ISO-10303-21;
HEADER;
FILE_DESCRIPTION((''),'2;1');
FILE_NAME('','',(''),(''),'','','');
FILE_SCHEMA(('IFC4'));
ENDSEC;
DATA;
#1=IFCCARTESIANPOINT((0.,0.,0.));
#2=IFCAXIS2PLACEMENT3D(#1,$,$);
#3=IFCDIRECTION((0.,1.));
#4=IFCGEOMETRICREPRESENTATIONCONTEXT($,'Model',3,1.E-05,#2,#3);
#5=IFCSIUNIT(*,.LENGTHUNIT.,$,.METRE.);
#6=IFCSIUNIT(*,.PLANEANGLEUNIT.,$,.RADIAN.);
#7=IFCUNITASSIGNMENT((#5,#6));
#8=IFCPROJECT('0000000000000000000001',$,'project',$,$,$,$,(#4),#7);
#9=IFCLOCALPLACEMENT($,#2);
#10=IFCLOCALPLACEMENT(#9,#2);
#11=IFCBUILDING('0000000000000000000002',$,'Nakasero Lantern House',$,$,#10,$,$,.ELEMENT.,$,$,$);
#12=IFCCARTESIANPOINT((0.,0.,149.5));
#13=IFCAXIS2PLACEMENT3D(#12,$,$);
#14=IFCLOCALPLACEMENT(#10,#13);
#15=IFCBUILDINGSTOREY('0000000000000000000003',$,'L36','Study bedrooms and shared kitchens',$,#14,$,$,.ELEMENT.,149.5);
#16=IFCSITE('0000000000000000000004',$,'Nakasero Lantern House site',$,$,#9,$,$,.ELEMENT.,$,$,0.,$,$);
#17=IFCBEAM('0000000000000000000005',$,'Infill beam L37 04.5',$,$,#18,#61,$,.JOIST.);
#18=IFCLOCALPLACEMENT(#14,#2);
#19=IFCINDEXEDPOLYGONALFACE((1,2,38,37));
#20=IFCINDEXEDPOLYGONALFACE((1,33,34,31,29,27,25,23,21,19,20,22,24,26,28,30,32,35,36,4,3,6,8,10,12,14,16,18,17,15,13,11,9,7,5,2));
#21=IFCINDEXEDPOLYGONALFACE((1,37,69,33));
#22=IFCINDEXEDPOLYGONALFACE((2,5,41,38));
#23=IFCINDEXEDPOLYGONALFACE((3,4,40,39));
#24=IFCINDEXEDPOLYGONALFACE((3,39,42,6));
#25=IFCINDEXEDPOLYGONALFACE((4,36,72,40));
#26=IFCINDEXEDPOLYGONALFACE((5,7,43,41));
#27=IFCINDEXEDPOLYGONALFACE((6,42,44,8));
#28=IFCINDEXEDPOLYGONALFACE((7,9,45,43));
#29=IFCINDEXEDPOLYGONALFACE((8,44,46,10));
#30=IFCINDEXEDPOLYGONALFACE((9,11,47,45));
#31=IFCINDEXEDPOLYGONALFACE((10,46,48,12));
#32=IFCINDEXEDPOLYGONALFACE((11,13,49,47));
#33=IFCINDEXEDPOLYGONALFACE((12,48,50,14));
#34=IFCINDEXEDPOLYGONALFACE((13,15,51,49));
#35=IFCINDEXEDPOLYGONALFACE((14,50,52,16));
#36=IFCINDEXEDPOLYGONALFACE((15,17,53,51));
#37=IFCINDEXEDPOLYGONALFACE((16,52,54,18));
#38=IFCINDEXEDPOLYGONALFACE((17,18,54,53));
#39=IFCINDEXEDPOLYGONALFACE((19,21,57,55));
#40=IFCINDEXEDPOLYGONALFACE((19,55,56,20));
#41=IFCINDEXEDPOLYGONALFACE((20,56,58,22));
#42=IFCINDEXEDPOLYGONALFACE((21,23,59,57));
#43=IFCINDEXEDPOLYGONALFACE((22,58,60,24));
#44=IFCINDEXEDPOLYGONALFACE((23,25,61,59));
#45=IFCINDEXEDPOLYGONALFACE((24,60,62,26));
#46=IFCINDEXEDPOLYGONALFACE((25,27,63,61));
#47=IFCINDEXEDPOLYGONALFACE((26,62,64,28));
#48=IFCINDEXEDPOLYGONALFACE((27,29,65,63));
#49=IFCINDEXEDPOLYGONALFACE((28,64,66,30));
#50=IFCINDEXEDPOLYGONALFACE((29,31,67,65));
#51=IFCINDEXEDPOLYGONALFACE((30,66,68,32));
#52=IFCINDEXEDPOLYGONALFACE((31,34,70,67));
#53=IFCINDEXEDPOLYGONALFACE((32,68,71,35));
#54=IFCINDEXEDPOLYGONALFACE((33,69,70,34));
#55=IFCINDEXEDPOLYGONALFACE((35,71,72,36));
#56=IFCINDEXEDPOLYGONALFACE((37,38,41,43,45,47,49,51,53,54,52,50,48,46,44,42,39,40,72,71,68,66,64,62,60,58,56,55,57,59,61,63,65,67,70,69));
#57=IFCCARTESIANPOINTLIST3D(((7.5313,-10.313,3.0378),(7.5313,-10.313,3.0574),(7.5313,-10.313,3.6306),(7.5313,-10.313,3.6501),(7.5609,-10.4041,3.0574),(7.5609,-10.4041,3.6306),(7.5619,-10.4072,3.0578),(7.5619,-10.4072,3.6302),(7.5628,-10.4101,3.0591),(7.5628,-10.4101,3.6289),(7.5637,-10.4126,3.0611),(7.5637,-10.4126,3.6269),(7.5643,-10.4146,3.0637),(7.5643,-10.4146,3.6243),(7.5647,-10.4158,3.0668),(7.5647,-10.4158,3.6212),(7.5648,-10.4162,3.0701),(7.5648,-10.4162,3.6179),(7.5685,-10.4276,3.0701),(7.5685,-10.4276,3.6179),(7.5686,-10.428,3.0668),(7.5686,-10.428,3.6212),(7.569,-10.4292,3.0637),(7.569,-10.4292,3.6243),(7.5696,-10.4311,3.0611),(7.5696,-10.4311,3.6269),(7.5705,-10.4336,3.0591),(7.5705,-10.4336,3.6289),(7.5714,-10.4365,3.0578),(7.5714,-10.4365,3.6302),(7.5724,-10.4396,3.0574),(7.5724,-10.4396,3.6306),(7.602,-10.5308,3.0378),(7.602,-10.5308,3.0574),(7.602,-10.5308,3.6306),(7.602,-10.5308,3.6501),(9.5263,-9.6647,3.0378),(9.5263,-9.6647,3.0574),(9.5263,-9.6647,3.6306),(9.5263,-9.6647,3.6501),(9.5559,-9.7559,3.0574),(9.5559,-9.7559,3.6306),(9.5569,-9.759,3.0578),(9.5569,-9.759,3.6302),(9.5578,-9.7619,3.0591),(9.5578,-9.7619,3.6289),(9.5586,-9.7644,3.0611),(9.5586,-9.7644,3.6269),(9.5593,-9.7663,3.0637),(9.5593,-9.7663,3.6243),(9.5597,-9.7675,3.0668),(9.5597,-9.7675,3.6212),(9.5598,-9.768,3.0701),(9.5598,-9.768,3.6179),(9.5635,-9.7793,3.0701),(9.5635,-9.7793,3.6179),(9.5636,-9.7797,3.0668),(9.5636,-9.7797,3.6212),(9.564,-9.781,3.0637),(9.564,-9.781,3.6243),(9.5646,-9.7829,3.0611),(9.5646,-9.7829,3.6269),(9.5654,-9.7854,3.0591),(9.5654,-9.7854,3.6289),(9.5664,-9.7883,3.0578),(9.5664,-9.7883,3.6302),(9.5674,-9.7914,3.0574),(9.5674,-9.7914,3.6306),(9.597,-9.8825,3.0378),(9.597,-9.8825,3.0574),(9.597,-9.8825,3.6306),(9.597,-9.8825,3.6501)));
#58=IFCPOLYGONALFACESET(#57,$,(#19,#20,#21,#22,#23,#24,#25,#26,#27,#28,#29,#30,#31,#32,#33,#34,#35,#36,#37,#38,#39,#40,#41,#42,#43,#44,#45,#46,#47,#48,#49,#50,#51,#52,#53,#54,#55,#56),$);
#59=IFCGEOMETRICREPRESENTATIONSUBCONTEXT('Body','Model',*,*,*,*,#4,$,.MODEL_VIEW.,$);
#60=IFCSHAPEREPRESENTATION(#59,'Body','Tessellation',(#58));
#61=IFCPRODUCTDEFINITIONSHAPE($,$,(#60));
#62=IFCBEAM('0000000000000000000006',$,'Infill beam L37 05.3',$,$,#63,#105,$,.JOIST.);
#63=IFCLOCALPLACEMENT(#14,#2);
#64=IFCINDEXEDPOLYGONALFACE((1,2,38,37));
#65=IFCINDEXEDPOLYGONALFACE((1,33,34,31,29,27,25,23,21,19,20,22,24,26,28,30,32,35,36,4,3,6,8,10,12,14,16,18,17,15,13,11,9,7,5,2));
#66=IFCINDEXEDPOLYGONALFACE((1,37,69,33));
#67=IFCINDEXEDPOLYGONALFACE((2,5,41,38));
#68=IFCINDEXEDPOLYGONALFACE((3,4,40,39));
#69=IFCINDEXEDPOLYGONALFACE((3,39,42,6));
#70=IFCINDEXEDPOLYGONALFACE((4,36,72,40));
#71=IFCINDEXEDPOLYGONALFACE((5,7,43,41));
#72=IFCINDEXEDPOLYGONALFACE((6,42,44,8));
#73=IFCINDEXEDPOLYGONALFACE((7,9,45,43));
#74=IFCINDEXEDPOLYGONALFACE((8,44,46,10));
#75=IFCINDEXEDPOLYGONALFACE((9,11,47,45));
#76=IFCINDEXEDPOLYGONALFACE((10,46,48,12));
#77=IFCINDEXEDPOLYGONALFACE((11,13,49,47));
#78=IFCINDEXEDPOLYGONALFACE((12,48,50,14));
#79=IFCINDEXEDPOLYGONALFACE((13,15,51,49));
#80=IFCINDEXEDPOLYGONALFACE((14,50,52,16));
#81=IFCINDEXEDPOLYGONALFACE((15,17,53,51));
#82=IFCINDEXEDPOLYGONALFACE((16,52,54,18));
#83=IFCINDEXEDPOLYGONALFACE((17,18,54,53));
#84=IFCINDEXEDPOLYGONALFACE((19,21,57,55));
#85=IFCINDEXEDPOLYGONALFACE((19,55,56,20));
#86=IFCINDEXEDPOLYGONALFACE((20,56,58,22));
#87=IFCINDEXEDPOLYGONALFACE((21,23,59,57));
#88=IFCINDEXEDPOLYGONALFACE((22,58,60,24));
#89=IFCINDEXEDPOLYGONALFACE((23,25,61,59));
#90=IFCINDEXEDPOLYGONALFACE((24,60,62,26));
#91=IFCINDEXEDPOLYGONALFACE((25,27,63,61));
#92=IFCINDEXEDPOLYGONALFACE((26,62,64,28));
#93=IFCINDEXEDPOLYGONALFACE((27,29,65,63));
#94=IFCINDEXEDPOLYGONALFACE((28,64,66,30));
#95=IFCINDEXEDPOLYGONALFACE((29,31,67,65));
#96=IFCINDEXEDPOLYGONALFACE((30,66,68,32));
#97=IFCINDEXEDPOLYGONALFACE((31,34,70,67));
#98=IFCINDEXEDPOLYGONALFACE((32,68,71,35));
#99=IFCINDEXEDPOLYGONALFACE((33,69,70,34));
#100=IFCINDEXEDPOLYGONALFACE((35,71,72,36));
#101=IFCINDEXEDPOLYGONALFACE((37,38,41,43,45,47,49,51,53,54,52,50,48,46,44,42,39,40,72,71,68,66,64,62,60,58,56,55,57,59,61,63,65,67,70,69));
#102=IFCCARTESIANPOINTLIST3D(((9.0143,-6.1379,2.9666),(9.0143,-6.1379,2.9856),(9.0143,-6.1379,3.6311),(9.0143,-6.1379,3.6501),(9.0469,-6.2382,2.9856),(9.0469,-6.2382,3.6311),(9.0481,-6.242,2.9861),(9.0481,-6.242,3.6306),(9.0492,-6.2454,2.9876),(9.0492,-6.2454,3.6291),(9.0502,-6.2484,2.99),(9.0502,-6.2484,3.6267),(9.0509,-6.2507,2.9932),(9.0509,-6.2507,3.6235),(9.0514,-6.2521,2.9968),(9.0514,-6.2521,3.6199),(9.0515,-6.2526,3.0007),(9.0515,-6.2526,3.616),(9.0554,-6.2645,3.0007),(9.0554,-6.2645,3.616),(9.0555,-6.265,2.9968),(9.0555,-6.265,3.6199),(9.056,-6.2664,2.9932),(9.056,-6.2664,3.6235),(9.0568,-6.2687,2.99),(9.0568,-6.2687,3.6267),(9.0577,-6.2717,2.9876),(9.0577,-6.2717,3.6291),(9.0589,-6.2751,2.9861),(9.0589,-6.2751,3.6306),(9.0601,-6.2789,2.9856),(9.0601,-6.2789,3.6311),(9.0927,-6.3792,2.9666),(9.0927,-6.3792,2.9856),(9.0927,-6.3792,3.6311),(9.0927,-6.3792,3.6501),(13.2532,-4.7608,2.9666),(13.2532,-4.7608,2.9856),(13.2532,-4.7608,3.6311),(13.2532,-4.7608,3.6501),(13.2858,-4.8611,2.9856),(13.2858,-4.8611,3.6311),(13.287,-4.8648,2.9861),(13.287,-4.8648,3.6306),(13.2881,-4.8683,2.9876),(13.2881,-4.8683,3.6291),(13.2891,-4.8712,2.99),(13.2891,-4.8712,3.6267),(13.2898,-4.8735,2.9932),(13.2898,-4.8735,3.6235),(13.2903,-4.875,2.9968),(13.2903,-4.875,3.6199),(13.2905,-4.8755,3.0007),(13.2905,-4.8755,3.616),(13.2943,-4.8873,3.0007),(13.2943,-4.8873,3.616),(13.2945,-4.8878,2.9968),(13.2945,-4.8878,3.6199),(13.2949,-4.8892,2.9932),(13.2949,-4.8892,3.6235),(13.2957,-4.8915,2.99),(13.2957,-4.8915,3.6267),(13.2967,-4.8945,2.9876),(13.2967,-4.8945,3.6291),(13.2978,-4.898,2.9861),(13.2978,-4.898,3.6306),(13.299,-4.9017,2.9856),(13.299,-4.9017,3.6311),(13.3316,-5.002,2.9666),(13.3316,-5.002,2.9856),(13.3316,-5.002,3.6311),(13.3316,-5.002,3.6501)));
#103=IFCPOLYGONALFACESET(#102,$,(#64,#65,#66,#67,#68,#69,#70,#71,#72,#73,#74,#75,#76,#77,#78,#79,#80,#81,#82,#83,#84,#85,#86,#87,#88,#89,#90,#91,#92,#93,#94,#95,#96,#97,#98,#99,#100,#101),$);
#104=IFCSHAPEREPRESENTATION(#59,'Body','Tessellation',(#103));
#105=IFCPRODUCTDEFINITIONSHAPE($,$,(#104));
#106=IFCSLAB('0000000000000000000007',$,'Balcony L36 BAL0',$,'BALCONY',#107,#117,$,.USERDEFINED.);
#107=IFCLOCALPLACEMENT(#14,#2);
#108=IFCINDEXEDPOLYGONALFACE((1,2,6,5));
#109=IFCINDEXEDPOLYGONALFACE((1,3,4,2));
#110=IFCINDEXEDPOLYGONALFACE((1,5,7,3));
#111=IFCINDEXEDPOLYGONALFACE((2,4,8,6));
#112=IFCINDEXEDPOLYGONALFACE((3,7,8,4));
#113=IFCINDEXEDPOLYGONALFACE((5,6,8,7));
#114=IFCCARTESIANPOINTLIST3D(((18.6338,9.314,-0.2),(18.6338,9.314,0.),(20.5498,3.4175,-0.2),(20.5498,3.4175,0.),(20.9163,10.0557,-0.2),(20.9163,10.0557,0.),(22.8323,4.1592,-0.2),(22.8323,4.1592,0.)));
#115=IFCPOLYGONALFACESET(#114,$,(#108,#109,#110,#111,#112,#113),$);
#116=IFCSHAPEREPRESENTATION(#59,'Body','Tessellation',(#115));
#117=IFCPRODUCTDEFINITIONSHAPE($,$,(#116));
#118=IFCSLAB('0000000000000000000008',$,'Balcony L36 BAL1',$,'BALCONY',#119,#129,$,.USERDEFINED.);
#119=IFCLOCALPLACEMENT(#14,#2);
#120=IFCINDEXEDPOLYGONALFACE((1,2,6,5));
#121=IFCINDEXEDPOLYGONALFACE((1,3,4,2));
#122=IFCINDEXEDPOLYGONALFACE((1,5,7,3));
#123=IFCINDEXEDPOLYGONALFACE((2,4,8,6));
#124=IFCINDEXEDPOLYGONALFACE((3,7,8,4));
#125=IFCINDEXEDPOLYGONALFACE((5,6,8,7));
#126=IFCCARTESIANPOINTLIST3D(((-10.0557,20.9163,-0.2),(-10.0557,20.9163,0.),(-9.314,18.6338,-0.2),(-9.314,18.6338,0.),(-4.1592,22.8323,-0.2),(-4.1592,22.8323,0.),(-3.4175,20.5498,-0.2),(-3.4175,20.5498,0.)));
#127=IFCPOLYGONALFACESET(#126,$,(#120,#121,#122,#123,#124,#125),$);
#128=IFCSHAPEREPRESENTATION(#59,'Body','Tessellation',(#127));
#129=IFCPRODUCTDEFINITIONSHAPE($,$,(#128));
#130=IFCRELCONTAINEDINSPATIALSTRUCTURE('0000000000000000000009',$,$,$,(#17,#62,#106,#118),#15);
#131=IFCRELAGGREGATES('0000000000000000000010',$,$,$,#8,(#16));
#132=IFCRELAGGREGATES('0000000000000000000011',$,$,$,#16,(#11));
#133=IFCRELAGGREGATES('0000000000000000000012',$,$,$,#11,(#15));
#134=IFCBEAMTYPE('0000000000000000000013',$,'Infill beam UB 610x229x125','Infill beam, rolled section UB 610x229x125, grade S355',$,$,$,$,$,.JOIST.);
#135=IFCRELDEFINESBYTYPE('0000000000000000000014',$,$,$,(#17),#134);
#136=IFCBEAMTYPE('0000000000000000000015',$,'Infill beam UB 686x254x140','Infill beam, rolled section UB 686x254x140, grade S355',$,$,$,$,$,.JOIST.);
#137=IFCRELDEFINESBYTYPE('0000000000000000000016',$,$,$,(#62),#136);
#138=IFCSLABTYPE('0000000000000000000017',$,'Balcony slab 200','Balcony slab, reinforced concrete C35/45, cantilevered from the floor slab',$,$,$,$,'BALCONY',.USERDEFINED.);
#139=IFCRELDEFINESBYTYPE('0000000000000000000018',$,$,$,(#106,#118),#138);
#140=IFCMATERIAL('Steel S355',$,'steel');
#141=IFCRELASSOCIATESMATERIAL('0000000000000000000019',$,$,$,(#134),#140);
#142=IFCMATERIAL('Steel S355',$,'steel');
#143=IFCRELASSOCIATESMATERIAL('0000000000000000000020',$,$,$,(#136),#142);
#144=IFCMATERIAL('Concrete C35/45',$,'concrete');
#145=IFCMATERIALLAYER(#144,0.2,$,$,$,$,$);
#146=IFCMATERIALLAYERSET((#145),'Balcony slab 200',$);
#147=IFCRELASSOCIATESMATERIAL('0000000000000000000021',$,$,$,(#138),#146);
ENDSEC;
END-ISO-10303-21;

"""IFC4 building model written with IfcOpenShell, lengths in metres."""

from ifc_helpers import new_model, si_unit, direction, frame, origin, origin_2d, place, context, subcontext, project, spatial, polyline, i_section, outline, extrude, material, layer, layer_set, material_profile, profile_set, type_object, element, save


model = new_model("IFC4")

# Units and contexts
model_context = context("Model", 3, precision=1e-05, world=origin(), true_north=direction((0.0, 1.0)))
body_context = subcontext(model_context, "Body", "Model", "MODEL_VIEW")
ifc_project = project(units=[si_unit("LENGTHUNIT", "METRE"), si_unit("PLANEANGLEUNIT", "RADIAN")], contexts=[model_context])

# Site, building, storey
site_placement = place(None, origin())
site = spatial("IfcSite", under=ifc_project, at=site_placement, Name="Nakasero Lantern House site", CompositionType="ELEMENT", RefElevation=0.0)
building_placement = place(site_placement, origin())
building = spatial("IfcBuilding", under=site, at=building_placement, Name="Nakasero Lantern House", CompositionType="ELEMENT")
storey_placement = place(building_placement, frame((0.0, 0.0, 149.5)))
storey = spatial("IfcBuildingStorey", under=building, at=storey_placement, Name="L36", Description="Study bedrooms and shared kitchens", CompositionType="ELEMENT", Elevation=149.5)

# Beams
ifc_material_1 = material(Name="Steel S355", Category="steel")
ifc_material_profile_1 = material_profile(ifc_material_1, i_section(OverallWidth=0.229, OverallDepth=0.6123, WebThickness=0.012, FlangeThickness=0.0195, FilletRadius=0.0127, at=origin_2d()), Name="UB 610x229x125")
ifc_profile_set_1 = profile_set([ifc_material_profile_1], Name="Steel S355")
beam_type_1 = type_object("IfcBeamType", Name="Infill beam UB 610x229x125", Description="Infill beam, rolled section UB 610x229x125, grade S355", PredefinedType="JOIST", material=ifc_profile_set_1)
beam_1_placement = place(storey_placement, frame((7.5667, -10.4219, 3.344), z_axis=(0.951054, 0.309026, 0.0), x_axis=(-0.309026, 0.951054, 0.0)))
element("IfcBeam", 1, at=beam_1_placement, inside=storey, type_object=beam_type_1, Name="Infill beam L37 04.5", PredefinedType="JOIST", context=body_context, shape_type="SweptSolid", body=[
    extrude(i_section(OverallWidth=0.229, OverallDepth=0.6123, WebThickness=0.012, FlangeThickness=0.0195, FilletRadius=0.0127, at=origin_2d()), origin(), (0.0, 0.0, 1.0), 2.0977),
])
ifc_material_2 = material(Name="Steel S355", Category="steel")
ifc_material_profile_2 = material_profile(ifc_material_2, i_section(OverallWidth=0.2537, OverallDepth=0.6836, WebThickness=0.0125, FlangeThickness=0.019, FilletRadius=0.0151, at=origin_2d()), Name="UB 686x254x140")
ifc_profile_set_2 = profile_set([ifc_material_profile_2], Name="Steel S355")
beam_type_2 = type_object("IfcBeamType", Name="Infill beam UB 686x254x140", Description="Infill beam, rolled section UB 686x254x140, grade S355", PredefinedType="JOIST", material=ifc_profile_set_2)
beam_2_placement = place(storey_placement, frame((9.0535, -6.2585, 3.3083), z_axis=(0.951066, 0.308988, 0.0), x_axis=(-0.308988, 0.951066, 0.0)))
element("IfcBeam", 2, at=beam_2_placement, inside=storey, type_object=beam_type_2, Name="Infill beam L37 05.3", PredefinedType="JOIST", context=body_context, shape_type="SweptSolid", body=[
    extrude(i_section(OverallWidth=0.2537, OverallDepth=0.6836, WebThickness=0.0125, FlangeThickness=0.019, FilletRadius=0.0151, at=origin_2d()), origin(), (0.0, 0.0, 1.0), 4.457),
])

# Slabs
ifc_material_3 = material(Name="Concrete C35/45", Category="concrete")
ifc_layer_1 = layer(ifc_material_3, 0.2)
ifc_layer_set_1 = layer_set([ifc_layer_1], Name="Balcony slab 200")
slab_type_1 = type_object("IfcSlabType", Name="Balcony slab 200", Description="Balcony slab, reinforced concrete C35/45, cantilevered from the floor slab", ElementType="BALCONY", PredefinedType="USERDEFINED", material=ifc_layer_set_1)
slab_1_placement = place(storey_placement, frame((0.0, 0.0, -0.2)))
element("IfcSlab", 3, at=slab_1_placement, inside=storey, type_object=slab_type_1, Name="Balcony L36 BAL0", ObjectType="BALCONY", PredefinedType="USERDEFINED", context=body_context, shape_type="SweptSolid", body=[
    extrude(outline(polyline([(20.5498, 3.4175), (22.8323, 4.1592), (20.9163, 10.0557), (18.6338, 9.314), (20.5498, 3.4175)])), origin(), (0.0, 0.0, 1.0), 0.2),
])
slab_2_placement = place(storey_placement, frame((0.0, 0.0, -0.2)))
element("IfcSlab", 4, at=slab_2_placement, inside=storey, type_object=slab_type_1, Name="Balcony L36 BAL1", ObjectType="BALCONY", PredefinedType="USERDEFINED", context=body_context, shape_type="SweptSolid", body=[
    extrude(outline(polyline([(-3.4175, 20.5498), (-4.1592, 22.8323), (-10.0557, 20.9163), (-9.314, 18.6338), (-3.4175, 20.5498)])), origin(), (0.0, 0.0, 1.0), 0.2),
])

save(model, "model.ifc")
